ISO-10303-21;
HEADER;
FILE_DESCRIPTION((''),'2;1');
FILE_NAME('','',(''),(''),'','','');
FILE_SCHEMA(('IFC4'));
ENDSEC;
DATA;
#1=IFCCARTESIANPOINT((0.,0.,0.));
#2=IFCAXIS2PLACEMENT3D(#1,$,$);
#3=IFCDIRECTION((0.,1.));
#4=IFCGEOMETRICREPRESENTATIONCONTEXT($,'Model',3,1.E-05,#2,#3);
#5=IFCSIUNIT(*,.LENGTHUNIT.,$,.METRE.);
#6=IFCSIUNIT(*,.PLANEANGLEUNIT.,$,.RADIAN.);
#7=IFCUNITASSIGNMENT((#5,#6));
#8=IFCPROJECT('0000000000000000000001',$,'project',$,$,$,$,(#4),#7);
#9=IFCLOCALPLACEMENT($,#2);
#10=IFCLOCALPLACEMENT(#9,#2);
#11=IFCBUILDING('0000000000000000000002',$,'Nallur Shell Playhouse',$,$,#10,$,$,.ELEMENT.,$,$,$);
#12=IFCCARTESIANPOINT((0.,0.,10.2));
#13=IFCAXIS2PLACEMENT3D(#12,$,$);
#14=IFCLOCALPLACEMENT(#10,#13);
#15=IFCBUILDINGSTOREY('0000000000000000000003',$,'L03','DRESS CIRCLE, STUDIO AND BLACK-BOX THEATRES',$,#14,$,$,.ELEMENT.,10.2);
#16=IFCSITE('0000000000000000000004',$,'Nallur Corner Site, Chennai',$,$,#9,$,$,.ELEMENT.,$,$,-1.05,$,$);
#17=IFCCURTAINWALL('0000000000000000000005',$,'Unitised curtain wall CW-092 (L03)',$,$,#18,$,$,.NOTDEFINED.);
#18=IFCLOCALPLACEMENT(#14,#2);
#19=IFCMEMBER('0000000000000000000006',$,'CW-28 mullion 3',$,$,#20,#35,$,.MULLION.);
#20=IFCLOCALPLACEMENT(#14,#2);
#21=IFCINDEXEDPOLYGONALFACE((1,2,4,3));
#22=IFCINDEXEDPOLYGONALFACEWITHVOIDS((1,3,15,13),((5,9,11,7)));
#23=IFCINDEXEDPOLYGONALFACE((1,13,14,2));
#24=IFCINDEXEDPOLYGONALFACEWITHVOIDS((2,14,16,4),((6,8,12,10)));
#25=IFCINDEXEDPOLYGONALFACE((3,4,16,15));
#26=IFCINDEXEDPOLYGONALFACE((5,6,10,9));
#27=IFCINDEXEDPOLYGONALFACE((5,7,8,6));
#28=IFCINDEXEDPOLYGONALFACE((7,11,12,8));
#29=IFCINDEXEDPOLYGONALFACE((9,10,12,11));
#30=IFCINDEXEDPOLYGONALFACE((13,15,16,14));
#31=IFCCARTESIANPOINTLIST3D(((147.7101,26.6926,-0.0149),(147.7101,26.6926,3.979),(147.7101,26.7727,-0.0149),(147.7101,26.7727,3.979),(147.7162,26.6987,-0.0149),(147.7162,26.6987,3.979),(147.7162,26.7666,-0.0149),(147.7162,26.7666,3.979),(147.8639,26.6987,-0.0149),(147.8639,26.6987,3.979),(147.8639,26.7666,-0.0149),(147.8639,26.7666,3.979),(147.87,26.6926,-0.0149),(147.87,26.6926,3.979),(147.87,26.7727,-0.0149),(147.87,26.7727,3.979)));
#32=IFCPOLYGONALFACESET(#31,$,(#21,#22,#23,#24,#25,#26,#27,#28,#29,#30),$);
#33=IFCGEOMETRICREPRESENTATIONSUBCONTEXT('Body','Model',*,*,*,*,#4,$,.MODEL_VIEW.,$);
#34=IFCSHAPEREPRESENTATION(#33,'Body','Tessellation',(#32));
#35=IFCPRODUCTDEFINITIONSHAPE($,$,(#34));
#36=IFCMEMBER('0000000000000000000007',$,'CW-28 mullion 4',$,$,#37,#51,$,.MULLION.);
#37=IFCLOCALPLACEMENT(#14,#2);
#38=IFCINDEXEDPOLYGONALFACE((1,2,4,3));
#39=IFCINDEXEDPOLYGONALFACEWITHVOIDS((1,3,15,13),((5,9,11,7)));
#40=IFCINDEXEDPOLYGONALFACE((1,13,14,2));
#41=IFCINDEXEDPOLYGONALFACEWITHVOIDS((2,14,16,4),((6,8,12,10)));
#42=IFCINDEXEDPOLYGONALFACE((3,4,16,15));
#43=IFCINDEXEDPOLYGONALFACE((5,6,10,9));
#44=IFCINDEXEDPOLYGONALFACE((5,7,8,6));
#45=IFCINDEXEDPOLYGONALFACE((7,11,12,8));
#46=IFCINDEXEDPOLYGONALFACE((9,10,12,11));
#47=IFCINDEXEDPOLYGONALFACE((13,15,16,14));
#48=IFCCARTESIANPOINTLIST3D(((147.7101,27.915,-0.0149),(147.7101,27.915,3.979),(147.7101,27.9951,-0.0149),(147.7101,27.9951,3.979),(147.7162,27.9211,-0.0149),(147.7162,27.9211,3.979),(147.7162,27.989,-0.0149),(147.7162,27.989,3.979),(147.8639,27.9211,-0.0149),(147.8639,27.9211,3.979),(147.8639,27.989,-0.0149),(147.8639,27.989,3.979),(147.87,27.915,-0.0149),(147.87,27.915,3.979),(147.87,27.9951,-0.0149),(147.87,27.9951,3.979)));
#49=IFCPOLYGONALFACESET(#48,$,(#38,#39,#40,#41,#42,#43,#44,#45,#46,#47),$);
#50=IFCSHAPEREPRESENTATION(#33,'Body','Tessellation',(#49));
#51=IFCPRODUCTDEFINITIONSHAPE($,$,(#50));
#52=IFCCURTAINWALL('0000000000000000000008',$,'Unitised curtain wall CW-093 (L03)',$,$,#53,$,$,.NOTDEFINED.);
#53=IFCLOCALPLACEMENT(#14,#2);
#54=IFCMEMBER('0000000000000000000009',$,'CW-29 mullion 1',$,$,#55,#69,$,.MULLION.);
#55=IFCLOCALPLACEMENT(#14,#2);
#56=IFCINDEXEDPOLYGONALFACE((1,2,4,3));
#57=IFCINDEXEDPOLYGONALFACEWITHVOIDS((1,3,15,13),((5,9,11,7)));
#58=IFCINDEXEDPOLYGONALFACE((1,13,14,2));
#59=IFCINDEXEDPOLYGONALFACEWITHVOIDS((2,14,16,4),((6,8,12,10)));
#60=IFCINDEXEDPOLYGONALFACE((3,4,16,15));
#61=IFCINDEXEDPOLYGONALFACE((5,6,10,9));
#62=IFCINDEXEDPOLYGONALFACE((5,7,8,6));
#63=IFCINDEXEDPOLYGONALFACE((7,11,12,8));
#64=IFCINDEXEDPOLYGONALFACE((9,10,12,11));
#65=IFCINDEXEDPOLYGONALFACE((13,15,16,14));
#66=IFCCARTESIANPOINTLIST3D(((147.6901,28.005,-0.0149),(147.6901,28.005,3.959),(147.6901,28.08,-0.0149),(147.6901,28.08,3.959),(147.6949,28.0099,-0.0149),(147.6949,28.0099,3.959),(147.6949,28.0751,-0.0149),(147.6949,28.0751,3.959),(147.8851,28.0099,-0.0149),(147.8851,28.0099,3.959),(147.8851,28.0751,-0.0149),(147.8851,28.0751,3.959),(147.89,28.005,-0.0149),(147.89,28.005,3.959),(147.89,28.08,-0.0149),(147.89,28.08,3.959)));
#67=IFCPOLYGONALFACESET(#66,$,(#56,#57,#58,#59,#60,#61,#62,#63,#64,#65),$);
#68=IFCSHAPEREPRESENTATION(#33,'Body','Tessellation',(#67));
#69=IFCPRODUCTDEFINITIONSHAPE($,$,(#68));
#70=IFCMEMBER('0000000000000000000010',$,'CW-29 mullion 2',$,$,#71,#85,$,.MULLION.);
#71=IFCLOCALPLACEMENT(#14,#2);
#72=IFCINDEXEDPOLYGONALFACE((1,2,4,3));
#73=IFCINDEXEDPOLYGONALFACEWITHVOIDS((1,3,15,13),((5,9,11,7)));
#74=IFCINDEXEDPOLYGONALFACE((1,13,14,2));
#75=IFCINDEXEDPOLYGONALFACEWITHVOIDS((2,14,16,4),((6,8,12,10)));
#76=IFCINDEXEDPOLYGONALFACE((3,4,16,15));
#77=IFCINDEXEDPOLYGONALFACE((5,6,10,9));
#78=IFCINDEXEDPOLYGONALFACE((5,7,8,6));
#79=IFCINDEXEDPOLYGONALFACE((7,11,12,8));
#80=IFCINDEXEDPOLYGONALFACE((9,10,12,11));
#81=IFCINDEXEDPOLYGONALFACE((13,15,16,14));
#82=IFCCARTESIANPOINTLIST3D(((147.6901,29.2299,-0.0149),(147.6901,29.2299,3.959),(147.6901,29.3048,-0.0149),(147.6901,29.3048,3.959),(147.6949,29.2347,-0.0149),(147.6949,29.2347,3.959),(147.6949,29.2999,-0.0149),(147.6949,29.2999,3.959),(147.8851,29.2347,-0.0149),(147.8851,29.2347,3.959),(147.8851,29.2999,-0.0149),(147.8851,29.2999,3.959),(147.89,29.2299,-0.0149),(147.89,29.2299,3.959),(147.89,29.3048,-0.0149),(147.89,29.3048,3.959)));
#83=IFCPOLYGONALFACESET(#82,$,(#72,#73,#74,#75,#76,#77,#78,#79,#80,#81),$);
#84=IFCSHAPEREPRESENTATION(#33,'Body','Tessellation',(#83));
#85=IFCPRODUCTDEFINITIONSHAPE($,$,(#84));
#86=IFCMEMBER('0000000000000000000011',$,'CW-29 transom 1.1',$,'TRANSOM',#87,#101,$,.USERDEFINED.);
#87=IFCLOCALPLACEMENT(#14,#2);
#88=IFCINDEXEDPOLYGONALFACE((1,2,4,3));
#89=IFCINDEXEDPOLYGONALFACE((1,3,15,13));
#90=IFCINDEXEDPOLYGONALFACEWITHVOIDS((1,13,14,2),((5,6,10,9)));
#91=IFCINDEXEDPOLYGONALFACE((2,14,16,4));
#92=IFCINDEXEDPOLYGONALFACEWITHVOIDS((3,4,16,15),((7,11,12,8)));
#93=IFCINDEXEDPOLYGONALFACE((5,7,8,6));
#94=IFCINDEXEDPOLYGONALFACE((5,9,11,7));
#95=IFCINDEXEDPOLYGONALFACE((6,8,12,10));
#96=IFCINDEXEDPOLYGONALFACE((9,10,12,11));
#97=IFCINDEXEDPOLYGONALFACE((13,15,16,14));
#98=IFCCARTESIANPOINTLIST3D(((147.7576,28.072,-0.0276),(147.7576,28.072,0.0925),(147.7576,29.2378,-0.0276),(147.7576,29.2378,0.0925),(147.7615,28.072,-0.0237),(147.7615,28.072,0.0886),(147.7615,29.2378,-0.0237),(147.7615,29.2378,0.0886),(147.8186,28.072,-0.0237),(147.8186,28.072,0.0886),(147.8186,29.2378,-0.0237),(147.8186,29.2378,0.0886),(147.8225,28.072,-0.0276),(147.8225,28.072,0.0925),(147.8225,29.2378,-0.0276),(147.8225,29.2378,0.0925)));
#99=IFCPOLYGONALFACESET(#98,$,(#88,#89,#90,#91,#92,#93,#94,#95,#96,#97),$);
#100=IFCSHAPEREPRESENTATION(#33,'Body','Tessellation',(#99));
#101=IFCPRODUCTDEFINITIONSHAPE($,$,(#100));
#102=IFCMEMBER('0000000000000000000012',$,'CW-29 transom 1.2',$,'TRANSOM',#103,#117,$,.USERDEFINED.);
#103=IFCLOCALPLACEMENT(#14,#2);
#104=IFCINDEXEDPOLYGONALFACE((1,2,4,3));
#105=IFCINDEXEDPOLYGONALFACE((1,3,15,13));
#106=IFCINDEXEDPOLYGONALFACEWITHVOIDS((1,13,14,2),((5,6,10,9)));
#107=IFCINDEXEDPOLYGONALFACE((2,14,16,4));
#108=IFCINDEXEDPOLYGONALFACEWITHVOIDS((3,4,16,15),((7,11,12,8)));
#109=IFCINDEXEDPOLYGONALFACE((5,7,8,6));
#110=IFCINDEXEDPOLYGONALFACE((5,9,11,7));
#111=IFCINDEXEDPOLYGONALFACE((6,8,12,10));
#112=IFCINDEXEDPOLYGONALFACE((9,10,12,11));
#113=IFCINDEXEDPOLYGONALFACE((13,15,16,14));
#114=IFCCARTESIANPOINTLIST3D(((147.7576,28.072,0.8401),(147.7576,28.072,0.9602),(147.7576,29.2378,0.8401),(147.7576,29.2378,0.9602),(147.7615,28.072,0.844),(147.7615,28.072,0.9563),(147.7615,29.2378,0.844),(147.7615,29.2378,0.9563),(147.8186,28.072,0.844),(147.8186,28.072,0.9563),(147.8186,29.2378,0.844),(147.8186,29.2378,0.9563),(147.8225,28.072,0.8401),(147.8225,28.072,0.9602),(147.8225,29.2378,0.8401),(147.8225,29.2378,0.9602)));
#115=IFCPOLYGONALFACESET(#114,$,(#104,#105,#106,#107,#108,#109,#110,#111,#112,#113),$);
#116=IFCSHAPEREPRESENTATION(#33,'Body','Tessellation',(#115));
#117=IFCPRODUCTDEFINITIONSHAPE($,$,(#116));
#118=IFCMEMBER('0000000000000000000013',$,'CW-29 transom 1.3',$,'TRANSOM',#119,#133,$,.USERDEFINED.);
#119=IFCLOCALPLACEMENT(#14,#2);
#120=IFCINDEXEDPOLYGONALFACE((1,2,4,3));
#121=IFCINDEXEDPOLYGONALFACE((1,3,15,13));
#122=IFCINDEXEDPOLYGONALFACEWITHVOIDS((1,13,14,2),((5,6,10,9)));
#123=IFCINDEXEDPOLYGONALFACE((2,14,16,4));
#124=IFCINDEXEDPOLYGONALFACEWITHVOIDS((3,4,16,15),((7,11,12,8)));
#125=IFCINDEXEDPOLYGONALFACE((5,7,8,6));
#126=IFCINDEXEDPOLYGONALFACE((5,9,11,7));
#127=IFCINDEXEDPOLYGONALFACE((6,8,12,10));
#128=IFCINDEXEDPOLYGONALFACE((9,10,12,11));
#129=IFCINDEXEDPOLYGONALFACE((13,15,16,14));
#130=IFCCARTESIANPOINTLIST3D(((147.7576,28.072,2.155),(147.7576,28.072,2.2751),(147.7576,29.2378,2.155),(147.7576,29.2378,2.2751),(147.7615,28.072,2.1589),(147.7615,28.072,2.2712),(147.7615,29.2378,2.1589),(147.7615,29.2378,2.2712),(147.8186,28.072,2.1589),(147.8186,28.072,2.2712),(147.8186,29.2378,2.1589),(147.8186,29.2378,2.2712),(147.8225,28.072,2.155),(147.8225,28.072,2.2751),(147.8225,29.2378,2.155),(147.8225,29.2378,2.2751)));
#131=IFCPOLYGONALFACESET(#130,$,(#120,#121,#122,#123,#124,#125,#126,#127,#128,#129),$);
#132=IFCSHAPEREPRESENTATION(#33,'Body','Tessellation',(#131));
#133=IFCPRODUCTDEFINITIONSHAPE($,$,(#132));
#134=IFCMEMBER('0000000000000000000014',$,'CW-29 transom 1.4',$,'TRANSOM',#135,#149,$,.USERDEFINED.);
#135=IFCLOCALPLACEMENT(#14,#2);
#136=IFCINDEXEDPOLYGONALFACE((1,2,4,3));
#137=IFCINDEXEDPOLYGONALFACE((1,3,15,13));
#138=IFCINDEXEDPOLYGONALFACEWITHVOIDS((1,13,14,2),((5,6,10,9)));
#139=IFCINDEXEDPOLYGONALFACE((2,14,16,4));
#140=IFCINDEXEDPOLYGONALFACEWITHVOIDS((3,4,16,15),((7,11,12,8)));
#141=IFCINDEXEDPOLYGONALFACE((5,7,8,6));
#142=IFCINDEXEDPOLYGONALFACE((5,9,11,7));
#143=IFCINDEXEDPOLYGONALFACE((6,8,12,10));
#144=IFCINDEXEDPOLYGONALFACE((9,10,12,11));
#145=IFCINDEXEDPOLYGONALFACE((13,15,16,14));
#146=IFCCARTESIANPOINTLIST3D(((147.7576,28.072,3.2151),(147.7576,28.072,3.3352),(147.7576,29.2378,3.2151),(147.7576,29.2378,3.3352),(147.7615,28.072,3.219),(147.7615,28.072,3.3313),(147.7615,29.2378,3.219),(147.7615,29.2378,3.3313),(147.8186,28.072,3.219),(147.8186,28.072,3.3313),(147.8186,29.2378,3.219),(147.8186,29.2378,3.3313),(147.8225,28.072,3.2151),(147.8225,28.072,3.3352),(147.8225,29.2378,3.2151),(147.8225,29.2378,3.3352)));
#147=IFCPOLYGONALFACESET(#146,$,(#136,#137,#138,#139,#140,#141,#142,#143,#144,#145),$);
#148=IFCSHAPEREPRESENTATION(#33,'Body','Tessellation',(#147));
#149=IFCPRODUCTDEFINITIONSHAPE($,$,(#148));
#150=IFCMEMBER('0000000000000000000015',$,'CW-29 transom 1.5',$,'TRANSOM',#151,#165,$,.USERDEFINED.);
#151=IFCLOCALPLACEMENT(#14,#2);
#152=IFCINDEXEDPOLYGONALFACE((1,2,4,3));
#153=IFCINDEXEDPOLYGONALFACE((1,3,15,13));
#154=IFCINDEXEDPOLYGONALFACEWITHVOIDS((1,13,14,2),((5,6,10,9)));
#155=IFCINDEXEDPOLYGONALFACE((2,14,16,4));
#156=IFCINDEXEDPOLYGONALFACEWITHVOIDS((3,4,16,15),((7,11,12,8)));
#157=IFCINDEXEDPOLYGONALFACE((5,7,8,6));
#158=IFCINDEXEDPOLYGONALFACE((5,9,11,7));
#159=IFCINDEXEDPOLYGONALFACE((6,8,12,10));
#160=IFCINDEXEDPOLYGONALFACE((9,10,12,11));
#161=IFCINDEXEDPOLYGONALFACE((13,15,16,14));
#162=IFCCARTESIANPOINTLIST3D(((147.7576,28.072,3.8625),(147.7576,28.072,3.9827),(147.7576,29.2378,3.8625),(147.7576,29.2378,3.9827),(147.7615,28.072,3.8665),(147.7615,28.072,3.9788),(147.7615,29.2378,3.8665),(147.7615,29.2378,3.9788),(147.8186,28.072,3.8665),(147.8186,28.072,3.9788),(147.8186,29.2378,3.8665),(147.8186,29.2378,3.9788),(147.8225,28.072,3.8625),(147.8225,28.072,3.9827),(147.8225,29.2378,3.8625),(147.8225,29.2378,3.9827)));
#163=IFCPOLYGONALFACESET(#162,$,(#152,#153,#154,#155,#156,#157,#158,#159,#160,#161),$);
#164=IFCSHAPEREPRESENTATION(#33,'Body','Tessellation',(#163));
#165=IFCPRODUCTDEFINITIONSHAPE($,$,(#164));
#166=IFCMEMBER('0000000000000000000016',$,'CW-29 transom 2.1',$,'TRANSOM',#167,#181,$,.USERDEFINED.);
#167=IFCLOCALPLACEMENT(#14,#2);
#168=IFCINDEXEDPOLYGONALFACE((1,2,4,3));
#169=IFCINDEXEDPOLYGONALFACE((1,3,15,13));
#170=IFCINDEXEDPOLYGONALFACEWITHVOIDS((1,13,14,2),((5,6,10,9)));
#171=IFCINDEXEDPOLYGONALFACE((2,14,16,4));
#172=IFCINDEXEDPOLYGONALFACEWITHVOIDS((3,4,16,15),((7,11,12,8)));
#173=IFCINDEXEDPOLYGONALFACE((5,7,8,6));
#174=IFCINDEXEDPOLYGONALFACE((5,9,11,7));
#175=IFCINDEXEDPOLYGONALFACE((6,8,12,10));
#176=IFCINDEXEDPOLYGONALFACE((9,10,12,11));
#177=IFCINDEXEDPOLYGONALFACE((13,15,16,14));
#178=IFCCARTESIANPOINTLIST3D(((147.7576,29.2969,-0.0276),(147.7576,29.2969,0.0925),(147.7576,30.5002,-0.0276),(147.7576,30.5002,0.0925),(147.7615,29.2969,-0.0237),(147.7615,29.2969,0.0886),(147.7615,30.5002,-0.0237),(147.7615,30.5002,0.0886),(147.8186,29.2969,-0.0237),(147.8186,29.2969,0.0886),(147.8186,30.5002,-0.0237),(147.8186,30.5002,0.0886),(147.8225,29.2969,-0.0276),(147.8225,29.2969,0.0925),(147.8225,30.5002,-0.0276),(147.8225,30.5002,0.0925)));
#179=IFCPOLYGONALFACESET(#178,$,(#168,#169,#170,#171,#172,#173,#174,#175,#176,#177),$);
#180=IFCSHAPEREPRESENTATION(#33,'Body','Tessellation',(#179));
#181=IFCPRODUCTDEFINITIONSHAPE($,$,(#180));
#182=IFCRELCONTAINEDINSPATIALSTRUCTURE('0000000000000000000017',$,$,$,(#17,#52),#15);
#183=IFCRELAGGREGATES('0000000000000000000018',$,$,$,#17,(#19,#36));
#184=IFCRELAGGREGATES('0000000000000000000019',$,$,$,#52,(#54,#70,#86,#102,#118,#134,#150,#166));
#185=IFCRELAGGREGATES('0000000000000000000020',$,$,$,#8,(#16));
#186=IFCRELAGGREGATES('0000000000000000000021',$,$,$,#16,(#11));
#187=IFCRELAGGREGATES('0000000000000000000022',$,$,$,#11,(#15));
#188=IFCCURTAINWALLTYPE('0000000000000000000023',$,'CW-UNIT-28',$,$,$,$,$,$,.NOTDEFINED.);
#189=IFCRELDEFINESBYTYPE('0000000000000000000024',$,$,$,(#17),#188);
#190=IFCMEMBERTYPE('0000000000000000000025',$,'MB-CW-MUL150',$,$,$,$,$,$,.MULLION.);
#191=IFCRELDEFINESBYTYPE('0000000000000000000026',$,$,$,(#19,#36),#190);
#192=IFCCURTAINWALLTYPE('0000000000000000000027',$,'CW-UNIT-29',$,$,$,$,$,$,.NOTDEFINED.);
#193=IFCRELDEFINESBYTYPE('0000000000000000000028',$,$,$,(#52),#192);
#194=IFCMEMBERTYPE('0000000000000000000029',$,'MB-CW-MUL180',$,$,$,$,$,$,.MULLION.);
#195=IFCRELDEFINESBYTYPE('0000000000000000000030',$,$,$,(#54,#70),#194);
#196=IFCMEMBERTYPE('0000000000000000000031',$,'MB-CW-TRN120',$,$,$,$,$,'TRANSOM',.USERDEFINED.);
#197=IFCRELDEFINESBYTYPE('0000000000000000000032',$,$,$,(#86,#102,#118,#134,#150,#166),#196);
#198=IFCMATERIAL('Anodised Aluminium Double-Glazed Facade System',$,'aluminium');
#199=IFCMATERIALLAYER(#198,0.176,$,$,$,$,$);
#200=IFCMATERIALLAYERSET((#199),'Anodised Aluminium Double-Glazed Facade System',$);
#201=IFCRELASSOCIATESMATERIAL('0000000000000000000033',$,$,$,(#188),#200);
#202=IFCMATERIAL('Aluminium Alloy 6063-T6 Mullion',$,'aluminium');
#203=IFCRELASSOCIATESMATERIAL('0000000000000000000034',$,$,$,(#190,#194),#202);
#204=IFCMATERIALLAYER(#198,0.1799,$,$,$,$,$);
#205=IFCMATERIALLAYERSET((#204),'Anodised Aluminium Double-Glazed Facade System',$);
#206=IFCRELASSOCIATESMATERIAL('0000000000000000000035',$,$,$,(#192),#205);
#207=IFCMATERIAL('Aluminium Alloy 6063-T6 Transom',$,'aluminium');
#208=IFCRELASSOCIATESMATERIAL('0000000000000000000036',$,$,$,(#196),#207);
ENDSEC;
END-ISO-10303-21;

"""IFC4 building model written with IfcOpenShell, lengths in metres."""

from ifc_helpers import new_model, si_unit, direction, frame, origin, origin_2d, place, context, subcontext, project, spatial, hollow_rectangle, extrude, material, layer, layer_set, material_profile, profile_set, type_object, element, aggregate, save


model = new_model("IFC4")

# Units and contexts
model_context = context("Model", 3, precision=1e-05, world=origin(), true_north=direction((0.0, 1.0)))
body_context = subcontext(model_context, "Body", "Model", "MODEL_VIEW")
ifc_project = project(units=[si_unit("LENGTHUNIT", "METRE"), si_unit("PLANEANGLEUNIT", "RADIAN")], contexts=[model_context])

# Site, building, storey
site_placement = place(None, origin())
site = spatial("IfcSite", under=ifc_project, at=site_placement, Name="Nallur Corner Site, Chennai", CompositionType="ELEMENT", RefElevation=-1.05)
building_placement = place(site_placement, origin())
building = spatial("IfcBuilding", under=site, at=building_placement, Name="Nallur Shell Playhouse", CompositionType="ELEMENT")
storey_placement = place(building_placement, frame((0.0, 0.0, 10.2)))
storey = spatial("IfcBuildingStorey", under=building, at=storey_placement, Name="L03", Description="DRESS CIRCLE, STUDIO AND BLACK-BOX THEATRES", CompositionType="ELEMENT", Elevation=10.2)

# Curtain walls, members
ifc_material_1 = material(Name="Anodised Aluminium Double-Glazed Facade System", Category="aluminium")
ifc_layer_1 = layer(ifc_material_1, 0.176)
ifc_layer_set_1 = layer_set([ifc_layer_1], Name="Anodised Aluminium Double-Glazed Facade System")
curtain_wall_type_1 = type_object("IfcCurtainWallType", Name="CW-UNIT-28", PredefinedType="NOTDEFINED", material=ifc_layer_set_1)
curtain_wall_1_placement = place(storey_placement, origin())
curtain_wall_1 = element("IfcCurtainWall", 1, at=curtain_wall_1_placement, inside=storey, type_object=curtain_wall_type_1, Name="Unitised curtain wall CW-092 (L03)", PredefinedType="NOTDEFINED")
ifc_material_2 = material(Name="Aluminium Alloy 6063-T6 Mullion", Category="aluminium")
ifc_material_profile_1 = material_profile(ifc_material_2, hollow_rectangle(XDim=0.0801, YDim=0.1599, WallThickness=0.0061, at=origin_2d()), Name="RHS 160x80x6")
ifc_profile_set_1 = profile_set([ifc_material_profile_1], Name="Aluminium Alloy 6063-T6 Mullion")
member_type_1 = type_object("IfcMemberType", Name="MB-CW-MUL150", PredefinedType="MULLION", material=ifc_profile_set_1)
member_1_placement = place(storey_placement, frame((147.79, 26.7327, -0.0149), z_axis=(0.0, 0.0, 1.0), x_axis=(0.0, 1.0, 0.0)))
member_1 = element("IfcMember", 2, at=member_1_placement, type_object=member_type_1, Name="CW-28 mullion 3", PredefinedType="MULLION", context=body_context, shape_type="SweptSolid", body=[
    extrude(hollow_rectangle(XDim=0.0801, YDim=0.1599, WallThickness=0.0061, at=origin_2d()), origin(), (0.0, 0.0, 1.0), 3.9939),
])
member_2_placement = place(storey_placement, frame((147.79, 27.9551, -0.0149), z_axis=(0.0, 0.0, 1.0), x_axis=(0.0, 1.0, 0.0)))
member_2 = element("IfcMember", 3, at=member_2_placement, type_object=member_type_1, Name="CW-28 mullion 4", PredefinedType="MULLION", context=body_context, shape_type="SweptSolid", body=[
    extrude(hollow_rectangle(XDim=0.0801, YDim=0.1599, WallThickness=0.0061, at=origin_2d()), origin(), (0.0, 0.0, 1.0), 3.9939),
])
ifc_layer_2 = layer(ifc_material_1, 0.1799)
ifc_layer_set_2 = layer_set([ifc_layer_2], Name="Anodised Aluminium Double-Glazed Facade System")
curtain_wall_type_2 = type_object("IfcCurtainWallType", Name="CW-UNIT-29", PredefinedType="NOTDEFINED", material=ifc_layer_set_2)
curtain_wall_2_placement = place(storey_placement, origin())
curtain_wall_2 = element("IfcCurtainWall", 4, at=curtain_wall_2_placement, inside=storey, type_object=curtain_wall_type_2, Name="Unitised curtain wall CW-093 (L03)", PredefinedType="NOTDEFINED")
ifc_material_profile_2 = material_profile(ifc_material_2, hollow_rectangle(XDim=0.075, YDim=0.2, WallThickness=0.0049, at=origin_2d()), Name="ALU 75x200x5")
ifc_profile_set_2 = profile_set([ifc_material_profile_2], Name="Aluminium Alloy 6063-T6 Mullion")
member_type_2 = type_object("IfcMemberType", Name="MB-CW-MUL180", PredefinedType="MULLION", material=ifc_profile_set_2)
member_3_placement = place(storey_placement, frame((147.79, 28.0425, -0.0149), z_axis=(0.0, 0.0, 1.0), x_axis=(0.0, 1.0, 0.0)))
member_3 = element("IfcMember", 5, at=member_3_placement, type_object=member_type_2, Name="CW-29 mullion 1", PredefinedType="MULLION", context=body_context, shape_type="SweptSolid", body=[
    extrude(hollow_rectangle(XDim=0.075, YDim=0.2, WallThickness=0.0049, at=origin_2d()), origin(), (0.0, 0.0, 1.0), 3.9739),
])
member_4_placement = place(storey_placement, frame((147.79, 29.2673, -0.0149), z_axis=(0.0, 0.0, 1.0), x_axis=(0.0, 1.0, 0.0)))
member_4 = element("IfcMember", 6, at=member_4_placement, type_object=member_type_2, Name="CW-29 mullion 2", PredefinedType="MULLION", context=body_context, shape_type="SweptSolid", body=[
    extrude(hollow_rectangle(XDim=0.075, YDim=0.2, WallThickness=0.0049, at=origin_2d()), origin(), (0.0, 0.0, 1.0), 3.9739),
])
ifc_material_3 = material(Name="Aluminium Alloy 6063-T6 Transom", Category="aluminium")
ifc_material_profile_3 = material_profile(ifc_material_3, hollow_rectangle(XDim=0.0649, YDim=0.1201, WallThickness=0.0039, at=origin_2d()), Name="ALU 65x120x4")
ifc_profile_set_3 = profile_set([ifc_material_profile_3], Name="Aluminium Alloy 6063-T6 Transom")
member_type_3 = type_object("IfcMemberType", Name="MB-CW-TRN120", ElementType="TRANSOM", PredefinedType="USERDEFINED", material=ifc_profile_set_3)
member_5_placement = place(storey_placement, frame((147.79, 28.072, 0.0325), z_axis=(0.0, 1.0, 0.0), x_axis=(-1.0, 0.0, 0.0)))
member_5 = element("IfcMember", 7, at=member_5_placement, type_object=member_type_3, Name="CW-29 transom 1.1", ObjectType="TRANSOM", PredefinedType="USERDEFINED", context=body_context, shape_type="SweptSolid", body=[
    extrude(hollow_rectangle(XDim=0.0649, YDim=0.1201, WallThickness=0.0039, at=origin_2d()), origin(), (0.0, 0.0, 1.0), 1.1658),
])
member_6_placement = place(storey_placement, frame((147.79, 28.072, 0.9001), z_axis=(0.0, 1.0, 0.0), x_axis=(-1.0, 0.0, 0.0)))
member_6 = element("IfcMember", 8, at=member_6_placement, type_object=member_type_3, Name="CW-29 transom 1.2", ObjectType="TRANSOM", PredefinedType="USERDEFINED", context=body_context, shape_type="SweptSolid", body=[
    extrude(hollow_rectangle(XDim=0.0649, YDim=0.1201, WallThickness=0.0039, at=origin_2d()), origin(), (0.0, 0.0, 1.0), 1.1658),
])
member_7_placement = place(storey_placement, frame((147.79, 28.072, 2.2151), z_axis=(0.0, 1.0, 0.0), x_axis=(-1.0, 0.0, 0.0)))
member_7 = element("IfcMember", 9, at=member_7_placement, type_object=member_type_3, Name="CW-29 transom 1.3", ObjectType="TRANSOM", PredefinedType="USERDEFINED", context=body_context, shape_type="SweptSolid", body=[
    extrude(hollow_rectangle(XDim=0.0649, YDim=0.1201, WallThickness=0.0039, at=origin_2d()), origin(), (0.0, 0.0, 1.0), 1.1658),
])
member_8_placement = place(storey_placement, frame((147.79, 28.072, 3.2751), z_axis=(0.0, 1.0, 0.0), x_axis=(-1.0, 0.0, 0.0)))
member_8 = element("IfcMember", 10, at=member_8_placement, type_object=member_type_3, Name="CW-29 transom 1.4", ObjectType="TRANSOM", PredefinedType="USERDEFINED", context=body_context, shape_type="SweptSolid", body=[
    extrude(hollow_rectangle(XDim=0.0649, YDim=0.1201, WallThickness=0.0039, at=origin_2d()), origin(), (0.0, 0.0, 1.0), 1.1658),
])
member_9_placement = place(storey_placement, frame((147.79, 28.072, 3.9226), z_axis=(0.0, 1.0, 0.0), x_axis=(-1.0, 0.0, 0.0)))
member_9 = element("IfcMember", 11, at=member_9_placement, type_object=member_type_3, Name="CW-29 transom 1.5", ObjectType="TRANSOM", PredefinedType="USERDEFINED", context=body_context, shape_type="SweptSolid", body=[
    extrude(hollow_rectangle(XDim=0.0649, YDim=0.1201, WallThickness=0.0039, at=origin_2d()), origin(), (0.0, 0.0, 1.0), 1.1658),
])
member_10_placement = place(storey_placement, frame((147.79, 29.2969, 0.0325), z_axis=(0.0, 1.0, 0.0), x_axis=(-1.0, 0.0, 0.0)))
member_10 = element("IfcMember", 12, at=member_10_placement, type_object=member_type_3, Name="CW-29 transom 2.1", ObjectType="TRANSOM", PredefinedType="USERDEFINED", context=body_context, shape_type="SweptSolid", body=[
    extrude(hollow_rectangle(XDim=0.0649, YDim=0.1201, WallThickness=0.0039, at=origin_2d()), origin(), (0.0, 0.0, 1.0), 1.2034),
])

aggregate(curtain_wall_1, [member_1, member_2])
aggregate(curtain_wall_2, [member_3, member_4, member_5, member_6, member_7, member_8, member_9, member_10])

save(model, "model.ifc")
